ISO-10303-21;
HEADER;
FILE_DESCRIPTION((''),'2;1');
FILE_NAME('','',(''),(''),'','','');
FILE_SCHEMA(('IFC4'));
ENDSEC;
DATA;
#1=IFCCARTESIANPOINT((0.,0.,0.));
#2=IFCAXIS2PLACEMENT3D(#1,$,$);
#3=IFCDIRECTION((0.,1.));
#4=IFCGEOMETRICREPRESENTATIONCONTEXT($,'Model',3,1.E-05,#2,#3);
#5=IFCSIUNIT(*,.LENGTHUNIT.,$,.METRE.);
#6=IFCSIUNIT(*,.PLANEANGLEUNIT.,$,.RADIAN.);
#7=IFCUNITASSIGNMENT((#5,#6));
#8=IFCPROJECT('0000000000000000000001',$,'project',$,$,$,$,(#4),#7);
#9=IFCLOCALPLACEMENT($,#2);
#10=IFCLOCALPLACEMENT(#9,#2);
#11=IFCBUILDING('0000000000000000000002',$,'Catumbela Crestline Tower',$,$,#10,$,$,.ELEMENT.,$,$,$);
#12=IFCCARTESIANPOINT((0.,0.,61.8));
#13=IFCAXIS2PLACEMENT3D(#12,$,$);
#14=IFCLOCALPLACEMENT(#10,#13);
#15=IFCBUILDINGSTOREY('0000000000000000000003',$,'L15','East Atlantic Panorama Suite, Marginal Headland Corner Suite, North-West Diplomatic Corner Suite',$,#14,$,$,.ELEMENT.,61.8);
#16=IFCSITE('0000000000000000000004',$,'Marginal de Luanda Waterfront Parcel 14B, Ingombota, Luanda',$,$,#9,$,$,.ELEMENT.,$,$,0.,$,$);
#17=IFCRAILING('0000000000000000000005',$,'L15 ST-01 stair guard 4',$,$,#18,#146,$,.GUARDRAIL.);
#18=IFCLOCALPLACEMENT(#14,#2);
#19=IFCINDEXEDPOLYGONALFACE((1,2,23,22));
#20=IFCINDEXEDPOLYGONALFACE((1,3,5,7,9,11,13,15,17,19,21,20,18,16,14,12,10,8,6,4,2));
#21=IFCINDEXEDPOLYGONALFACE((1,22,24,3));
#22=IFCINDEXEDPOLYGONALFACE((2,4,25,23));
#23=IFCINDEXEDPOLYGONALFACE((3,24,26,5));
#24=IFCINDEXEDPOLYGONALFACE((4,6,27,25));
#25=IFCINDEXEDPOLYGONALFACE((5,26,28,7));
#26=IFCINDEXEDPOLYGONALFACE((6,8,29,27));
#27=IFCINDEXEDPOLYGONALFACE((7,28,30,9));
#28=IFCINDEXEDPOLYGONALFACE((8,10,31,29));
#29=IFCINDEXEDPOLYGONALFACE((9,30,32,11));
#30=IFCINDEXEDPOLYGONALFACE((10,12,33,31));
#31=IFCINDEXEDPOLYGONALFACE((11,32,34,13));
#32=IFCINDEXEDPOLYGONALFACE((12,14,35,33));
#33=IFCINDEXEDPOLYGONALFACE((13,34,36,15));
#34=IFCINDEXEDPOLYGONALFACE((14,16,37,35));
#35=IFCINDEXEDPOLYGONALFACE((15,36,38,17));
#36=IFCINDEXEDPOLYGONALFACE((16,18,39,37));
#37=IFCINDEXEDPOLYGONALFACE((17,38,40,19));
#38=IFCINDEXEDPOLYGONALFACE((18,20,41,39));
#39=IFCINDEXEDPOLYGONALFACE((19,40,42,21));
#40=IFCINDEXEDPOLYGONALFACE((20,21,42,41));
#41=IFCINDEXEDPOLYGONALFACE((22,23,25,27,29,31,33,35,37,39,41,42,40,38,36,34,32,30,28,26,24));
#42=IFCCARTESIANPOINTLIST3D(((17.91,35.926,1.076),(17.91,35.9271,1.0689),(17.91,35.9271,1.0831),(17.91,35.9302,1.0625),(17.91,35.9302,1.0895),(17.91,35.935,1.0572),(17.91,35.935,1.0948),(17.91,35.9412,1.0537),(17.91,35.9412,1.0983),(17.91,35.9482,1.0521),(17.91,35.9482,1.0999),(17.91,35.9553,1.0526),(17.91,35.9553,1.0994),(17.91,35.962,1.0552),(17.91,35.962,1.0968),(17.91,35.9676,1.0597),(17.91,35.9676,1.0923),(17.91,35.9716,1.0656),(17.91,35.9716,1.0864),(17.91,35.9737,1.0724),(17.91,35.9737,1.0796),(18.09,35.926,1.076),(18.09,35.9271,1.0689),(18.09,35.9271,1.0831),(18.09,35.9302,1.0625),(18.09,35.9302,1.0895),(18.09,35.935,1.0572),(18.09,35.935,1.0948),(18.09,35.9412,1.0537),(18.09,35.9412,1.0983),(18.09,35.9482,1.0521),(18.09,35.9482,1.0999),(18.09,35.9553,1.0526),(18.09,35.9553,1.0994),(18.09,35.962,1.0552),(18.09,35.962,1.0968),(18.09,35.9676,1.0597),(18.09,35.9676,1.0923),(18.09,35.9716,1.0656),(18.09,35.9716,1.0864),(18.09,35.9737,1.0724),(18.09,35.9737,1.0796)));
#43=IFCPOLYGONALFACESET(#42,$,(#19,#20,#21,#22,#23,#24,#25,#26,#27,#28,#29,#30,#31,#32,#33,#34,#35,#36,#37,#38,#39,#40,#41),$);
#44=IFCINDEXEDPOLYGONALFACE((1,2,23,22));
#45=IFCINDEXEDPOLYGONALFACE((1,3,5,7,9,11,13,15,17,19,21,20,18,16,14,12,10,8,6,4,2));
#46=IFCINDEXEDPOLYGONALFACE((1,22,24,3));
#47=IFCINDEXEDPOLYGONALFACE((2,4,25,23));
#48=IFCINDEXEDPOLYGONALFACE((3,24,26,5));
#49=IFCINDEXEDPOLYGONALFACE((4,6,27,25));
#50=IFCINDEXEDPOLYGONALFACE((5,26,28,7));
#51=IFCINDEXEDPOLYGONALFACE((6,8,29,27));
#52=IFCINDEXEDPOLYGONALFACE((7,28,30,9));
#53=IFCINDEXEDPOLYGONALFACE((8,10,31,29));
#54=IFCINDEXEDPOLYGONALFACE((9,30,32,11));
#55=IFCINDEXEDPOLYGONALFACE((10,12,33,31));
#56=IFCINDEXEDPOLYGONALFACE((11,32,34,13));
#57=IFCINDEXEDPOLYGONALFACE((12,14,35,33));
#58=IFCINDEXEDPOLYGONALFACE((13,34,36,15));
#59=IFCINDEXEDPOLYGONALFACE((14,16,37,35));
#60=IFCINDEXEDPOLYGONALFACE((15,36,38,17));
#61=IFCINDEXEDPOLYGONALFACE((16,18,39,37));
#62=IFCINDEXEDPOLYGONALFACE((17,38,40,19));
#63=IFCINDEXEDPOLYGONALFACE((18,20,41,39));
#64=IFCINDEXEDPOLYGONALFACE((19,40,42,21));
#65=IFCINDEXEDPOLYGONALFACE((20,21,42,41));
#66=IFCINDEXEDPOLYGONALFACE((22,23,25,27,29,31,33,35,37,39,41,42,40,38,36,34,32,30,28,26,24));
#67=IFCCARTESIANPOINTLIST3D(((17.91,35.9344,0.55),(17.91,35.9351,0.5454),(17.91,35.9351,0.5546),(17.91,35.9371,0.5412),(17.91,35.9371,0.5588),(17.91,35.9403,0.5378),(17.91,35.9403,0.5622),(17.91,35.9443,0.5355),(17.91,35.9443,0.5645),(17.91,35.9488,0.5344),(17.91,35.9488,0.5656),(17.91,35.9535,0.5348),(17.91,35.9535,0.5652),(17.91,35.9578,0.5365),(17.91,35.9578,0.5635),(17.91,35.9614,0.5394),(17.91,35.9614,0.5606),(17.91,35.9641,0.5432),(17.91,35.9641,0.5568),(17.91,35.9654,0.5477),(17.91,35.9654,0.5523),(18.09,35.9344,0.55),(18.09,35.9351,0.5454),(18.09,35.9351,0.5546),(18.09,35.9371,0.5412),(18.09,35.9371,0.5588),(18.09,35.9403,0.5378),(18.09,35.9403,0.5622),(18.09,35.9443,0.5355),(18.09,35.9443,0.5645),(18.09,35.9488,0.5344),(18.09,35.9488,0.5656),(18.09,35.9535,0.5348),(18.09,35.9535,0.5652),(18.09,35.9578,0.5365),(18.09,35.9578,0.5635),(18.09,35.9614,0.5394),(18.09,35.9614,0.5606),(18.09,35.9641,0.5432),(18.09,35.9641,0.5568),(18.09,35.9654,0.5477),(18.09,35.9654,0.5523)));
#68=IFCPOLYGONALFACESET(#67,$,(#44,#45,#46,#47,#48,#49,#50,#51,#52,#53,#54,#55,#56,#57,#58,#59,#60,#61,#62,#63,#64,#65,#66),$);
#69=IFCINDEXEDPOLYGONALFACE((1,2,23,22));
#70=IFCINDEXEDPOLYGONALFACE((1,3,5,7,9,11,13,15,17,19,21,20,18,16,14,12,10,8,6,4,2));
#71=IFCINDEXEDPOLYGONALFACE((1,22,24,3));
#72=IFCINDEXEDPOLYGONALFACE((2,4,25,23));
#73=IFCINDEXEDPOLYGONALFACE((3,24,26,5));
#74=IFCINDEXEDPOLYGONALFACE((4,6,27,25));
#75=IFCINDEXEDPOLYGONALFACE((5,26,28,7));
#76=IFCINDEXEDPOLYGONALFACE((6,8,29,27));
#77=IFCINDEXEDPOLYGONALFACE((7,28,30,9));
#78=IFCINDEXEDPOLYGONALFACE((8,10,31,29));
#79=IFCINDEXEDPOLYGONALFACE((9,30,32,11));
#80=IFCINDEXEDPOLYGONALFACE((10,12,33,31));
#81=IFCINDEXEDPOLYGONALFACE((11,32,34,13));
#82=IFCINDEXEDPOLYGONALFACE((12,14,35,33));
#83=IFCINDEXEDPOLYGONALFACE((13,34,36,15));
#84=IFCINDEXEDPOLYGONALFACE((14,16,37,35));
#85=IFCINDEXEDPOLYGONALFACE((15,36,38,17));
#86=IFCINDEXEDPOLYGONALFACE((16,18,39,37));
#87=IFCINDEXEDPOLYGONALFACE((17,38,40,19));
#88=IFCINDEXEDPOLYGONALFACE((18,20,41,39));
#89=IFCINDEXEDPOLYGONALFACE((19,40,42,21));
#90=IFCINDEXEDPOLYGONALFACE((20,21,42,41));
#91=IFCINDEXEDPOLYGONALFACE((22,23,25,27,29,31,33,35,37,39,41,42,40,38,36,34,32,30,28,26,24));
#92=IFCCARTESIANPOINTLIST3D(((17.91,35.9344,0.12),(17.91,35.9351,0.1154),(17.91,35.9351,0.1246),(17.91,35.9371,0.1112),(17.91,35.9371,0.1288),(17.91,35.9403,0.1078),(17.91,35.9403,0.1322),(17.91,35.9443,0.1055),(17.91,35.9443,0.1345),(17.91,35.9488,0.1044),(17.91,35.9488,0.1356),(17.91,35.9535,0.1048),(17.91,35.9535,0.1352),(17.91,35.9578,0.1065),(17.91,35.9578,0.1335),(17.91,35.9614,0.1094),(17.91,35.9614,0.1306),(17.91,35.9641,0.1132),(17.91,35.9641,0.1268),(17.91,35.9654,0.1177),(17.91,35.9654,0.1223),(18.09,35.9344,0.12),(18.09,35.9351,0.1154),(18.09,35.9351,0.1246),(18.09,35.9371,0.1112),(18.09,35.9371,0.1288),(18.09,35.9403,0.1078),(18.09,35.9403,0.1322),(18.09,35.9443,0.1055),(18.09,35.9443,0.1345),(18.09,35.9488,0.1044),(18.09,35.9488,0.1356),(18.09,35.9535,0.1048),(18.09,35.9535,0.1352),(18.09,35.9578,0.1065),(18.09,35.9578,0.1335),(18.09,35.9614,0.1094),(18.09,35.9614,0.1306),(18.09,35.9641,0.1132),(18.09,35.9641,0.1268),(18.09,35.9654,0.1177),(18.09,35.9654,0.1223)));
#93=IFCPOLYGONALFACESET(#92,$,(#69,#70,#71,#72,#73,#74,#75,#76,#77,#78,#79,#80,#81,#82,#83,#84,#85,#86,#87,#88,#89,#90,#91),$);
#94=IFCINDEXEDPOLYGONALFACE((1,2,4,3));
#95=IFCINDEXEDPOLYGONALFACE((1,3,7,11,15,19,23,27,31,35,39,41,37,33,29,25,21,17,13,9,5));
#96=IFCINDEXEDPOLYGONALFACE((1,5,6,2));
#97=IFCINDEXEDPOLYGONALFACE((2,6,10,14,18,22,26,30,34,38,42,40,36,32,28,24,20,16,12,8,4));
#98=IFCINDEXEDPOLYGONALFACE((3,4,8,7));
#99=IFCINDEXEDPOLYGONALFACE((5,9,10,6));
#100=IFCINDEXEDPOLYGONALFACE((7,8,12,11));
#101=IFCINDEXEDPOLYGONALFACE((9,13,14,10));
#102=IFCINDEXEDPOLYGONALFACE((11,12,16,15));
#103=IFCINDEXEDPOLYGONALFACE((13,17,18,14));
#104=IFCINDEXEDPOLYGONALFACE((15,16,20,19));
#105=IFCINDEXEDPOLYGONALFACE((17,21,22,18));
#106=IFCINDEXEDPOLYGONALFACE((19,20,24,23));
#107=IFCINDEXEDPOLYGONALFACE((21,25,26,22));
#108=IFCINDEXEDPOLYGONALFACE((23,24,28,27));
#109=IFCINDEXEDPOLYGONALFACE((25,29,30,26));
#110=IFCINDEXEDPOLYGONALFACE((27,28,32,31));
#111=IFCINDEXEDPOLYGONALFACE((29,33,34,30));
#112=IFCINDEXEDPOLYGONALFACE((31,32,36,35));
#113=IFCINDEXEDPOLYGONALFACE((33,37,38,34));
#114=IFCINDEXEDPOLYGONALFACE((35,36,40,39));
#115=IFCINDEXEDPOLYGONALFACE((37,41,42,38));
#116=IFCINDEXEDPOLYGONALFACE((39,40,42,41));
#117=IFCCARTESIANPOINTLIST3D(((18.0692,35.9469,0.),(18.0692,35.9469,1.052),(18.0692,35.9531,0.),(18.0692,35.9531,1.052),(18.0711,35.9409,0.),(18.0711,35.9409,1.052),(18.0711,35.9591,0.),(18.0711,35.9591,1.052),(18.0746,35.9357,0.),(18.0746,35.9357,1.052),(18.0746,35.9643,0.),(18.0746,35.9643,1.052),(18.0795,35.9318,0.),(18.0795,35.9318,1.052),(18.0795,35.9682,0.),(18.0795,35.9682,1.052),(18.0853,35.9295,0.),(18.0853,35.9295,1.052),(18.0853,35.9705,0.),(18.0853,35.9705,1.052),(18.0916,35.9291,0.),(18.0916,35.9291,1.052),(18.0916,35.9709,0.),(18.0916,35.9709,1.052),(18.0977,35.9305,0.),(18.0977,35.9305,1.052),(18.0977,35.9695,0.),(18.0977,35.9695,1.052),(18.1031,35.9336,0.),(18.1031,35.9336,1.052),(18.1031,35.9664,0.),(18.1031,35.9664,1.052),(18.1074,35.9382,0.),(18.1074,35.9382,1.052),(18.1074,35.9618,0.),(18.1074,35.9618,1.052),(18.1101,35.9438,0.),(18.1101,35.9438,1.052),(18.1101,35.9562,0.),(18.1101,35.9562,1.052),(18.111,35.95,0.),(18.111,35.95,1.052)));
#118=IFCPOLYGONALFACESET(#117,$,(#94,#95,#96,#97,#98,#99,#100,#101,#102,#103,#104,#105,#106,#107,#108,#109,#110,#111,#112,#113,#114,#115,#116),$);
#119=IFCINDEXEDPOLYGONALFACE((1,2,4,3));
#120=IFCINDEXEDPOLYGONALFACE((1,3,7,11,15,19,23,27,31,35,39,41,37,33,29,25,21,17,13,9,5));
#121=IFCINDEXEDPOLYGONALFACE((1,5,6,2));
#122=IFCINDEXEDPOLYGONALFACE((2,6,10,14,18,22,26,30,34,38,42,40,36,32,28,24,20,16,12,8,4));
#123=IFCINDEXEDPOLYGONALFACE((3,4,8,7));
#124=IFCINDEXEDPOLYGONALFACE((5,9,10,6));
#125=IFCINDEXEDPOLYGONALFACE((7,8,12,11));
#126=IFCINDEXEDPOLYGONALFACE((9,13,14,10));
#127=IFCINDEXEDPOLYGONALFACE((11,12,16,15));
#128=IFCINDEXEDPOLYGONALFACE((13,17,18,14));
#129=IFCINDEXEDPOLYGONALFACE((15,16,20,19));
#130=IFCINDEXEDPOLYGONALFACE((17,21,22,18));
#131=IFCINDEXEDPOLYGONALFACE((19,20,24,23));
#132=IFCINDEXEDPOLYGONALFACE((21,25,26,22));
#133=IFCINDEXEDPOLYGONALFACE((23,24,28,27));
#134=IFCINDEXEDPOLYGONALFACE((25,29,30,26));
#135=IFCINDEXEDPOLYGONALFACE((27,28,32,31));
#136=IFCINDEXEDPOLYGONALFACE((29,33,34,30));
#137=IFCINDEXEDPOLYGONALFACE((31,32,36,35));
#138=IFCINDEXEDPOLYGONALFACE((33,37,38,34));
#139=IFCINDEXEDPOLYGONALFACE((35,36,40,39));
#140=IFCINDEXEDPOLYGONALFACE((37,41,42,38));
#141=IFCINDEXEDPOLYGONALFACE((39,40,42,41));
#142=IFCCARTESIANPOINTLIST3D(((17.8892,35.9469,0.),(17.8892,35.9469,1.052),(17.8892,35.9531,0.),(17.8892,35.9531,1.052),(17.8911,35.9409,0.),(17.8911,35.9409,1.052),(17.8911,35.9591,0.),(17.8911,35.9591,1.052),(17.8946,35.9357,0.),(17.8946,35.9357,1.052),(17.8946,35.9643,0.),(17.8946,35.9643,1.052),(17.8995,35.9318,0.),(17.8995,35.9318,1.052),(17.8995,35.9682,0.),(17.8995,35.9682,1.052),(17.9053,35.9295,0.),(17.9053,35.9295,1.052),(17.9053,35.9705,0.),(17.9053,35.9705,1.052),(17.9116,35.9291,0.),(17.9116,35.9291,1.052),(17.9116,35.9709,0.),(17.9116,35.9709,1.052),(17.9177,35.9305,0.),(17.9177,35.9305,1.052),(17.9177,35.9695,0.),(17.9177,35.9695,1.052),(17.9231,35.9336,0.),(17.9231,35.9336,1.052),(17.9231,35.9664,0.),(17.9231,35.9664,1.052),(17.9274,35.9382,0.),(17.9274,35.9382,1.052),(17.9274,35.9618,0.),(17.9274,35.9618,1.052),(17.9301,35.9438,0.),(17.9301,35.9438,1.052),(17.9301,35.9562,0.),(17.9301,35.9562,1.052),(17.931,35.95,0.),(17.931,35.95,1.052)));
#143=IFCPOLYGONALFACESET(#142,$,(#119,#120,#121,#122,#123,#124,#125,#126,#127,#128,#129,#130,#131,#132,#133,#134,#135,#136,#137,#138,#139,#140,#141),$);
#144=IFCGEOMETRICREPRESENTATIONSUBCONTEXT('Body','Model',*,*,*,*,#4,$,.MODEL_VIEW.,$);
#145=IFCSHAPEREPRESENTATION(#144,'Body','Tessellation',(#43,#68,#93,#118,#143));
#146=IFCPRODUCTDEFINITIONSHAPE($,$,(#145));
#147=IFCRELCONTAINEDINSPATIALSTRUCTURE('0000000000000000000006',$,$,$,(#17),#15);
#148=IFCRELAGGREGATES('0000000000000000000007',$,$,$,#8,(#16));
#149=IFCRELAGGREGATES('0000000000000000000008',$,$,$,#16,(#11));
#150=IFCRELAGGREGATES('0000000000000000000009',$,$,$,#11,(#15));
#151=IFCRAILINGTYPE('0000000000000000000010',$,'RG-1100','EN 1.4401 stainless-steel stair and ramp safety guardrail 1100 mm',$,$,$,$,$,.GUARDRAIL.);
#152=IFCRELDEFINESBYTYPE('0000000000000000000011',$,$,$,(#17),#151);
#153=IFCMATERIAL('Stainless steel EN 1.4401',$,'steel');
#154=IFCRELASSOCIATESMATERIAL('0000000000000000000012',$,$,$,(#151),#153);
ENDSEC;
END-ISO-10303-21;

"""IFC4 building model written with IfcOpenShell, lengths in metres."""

from ifc_helpers import new_model, si_unit, direction, frame, origin, origin_2d, place, context, subcontext, project, spatial, circle, extrude, material, type_object, element, save


model = new_model("IFC4")

# Units and contexts
model_context = context("Model", 3, precision=1e-05, world=origin(), true_north=direction((0.0, 1.0)))
body_context = subcontext(model_context, "Body", "Model", "MODEL_VIEW")
ifc_project = project(units=[si_unit("LENGTHUNIT", "METRE"), si_unit("PLANEANGLEUNIT", "RADIAN")], contexts=[model_context])

# Site, building, storey
site_placement = place(None, origin())
site = spatial("IfcSite", under=ifc_project, at=site_placement, Name="Marginal de Luanda Waterfront Parcel 14B, Ingombota, Luanda", CompositionType="ELEMENT", RefElevation=0.0)
building_placement = place(site_placement, origin())
building = spatial("IfcBuilding", under=site, at=building_placement, Name="Catumbela Crestline Tower", CompositionType="ELEMENT")
storey_placement = place(building_placement, frame((0.0, 0.0, 61.8)))
storey = spatial("IfcBuildingStorey", under=building, at=storey_placement, Name="L15", Description="East Atlantic Panorama Suite, Marginal Headland Corner Suite, North-West Diplomatic Corner Suite", CompositionType="ELEMENT", Elevation=61.8)

# Railing
ifc_material_1 = material(Name="Stainless steel EN 1.4401", Category="steel")
railing_type_1 = type_object("IfcRailingType", Name="RG-1100", Description="EN 1.4401 stainless-steel stair and ramp safety guardrail 1100 mm", PredefinedType="GUARDRAIL", material=ifc_material_1)
railing_1_placement = place(storey_placement, frame((18.09, 35.95, 0.0)))
element("IfcRailing", 1, at=railing_1_placement, inside=storey, type_object=railing_type_1, Name="L15 ST-01 stair guard 4", PredefinedType="GUARDRAIL", context=body_context, shape_type="SweptSolid", body=[
    extrude(circle(Radius=0.024, at=origin_2d()), frame((0.0, 0.0, 1.076), z_axis=(-1.0, 0.0, 0.0), x_axis=(0.0, -1.0, 0.0)), (0.0, 0.0, 1.0), 0.18),
    extrude(circle(Radius=0.0156, at=origin_2d()), frame((0.0, 0.0, 0.55), z_axis=(-1.0, 0.0, 0.0), x_axis=(0.0, -1.0, 0.0)), (0.0, 0.0, 1.0), 0.18),
    extrude(circle(Radius=0.0156, at=origin_2d()), frame((0.0, 0.0, 0.12), z_axis=(-1.0, 0.0, 0.0), x_axis=(0.0, -1.0, 0.0)), (0.0, 0.0, 1.0), 0.18),
    extrude(circle(Radius=0.021, at=origin_2d()), origin(), (0.0, 0.0, 1.0), 1.052),
    extrude(circle(Radius=0.021, at=origin_2d()), frame((-0.18, 0.0, 0.0)), (0.0, 0.0, 1.0), 1.052),
])

save(model, "model.ifc")
